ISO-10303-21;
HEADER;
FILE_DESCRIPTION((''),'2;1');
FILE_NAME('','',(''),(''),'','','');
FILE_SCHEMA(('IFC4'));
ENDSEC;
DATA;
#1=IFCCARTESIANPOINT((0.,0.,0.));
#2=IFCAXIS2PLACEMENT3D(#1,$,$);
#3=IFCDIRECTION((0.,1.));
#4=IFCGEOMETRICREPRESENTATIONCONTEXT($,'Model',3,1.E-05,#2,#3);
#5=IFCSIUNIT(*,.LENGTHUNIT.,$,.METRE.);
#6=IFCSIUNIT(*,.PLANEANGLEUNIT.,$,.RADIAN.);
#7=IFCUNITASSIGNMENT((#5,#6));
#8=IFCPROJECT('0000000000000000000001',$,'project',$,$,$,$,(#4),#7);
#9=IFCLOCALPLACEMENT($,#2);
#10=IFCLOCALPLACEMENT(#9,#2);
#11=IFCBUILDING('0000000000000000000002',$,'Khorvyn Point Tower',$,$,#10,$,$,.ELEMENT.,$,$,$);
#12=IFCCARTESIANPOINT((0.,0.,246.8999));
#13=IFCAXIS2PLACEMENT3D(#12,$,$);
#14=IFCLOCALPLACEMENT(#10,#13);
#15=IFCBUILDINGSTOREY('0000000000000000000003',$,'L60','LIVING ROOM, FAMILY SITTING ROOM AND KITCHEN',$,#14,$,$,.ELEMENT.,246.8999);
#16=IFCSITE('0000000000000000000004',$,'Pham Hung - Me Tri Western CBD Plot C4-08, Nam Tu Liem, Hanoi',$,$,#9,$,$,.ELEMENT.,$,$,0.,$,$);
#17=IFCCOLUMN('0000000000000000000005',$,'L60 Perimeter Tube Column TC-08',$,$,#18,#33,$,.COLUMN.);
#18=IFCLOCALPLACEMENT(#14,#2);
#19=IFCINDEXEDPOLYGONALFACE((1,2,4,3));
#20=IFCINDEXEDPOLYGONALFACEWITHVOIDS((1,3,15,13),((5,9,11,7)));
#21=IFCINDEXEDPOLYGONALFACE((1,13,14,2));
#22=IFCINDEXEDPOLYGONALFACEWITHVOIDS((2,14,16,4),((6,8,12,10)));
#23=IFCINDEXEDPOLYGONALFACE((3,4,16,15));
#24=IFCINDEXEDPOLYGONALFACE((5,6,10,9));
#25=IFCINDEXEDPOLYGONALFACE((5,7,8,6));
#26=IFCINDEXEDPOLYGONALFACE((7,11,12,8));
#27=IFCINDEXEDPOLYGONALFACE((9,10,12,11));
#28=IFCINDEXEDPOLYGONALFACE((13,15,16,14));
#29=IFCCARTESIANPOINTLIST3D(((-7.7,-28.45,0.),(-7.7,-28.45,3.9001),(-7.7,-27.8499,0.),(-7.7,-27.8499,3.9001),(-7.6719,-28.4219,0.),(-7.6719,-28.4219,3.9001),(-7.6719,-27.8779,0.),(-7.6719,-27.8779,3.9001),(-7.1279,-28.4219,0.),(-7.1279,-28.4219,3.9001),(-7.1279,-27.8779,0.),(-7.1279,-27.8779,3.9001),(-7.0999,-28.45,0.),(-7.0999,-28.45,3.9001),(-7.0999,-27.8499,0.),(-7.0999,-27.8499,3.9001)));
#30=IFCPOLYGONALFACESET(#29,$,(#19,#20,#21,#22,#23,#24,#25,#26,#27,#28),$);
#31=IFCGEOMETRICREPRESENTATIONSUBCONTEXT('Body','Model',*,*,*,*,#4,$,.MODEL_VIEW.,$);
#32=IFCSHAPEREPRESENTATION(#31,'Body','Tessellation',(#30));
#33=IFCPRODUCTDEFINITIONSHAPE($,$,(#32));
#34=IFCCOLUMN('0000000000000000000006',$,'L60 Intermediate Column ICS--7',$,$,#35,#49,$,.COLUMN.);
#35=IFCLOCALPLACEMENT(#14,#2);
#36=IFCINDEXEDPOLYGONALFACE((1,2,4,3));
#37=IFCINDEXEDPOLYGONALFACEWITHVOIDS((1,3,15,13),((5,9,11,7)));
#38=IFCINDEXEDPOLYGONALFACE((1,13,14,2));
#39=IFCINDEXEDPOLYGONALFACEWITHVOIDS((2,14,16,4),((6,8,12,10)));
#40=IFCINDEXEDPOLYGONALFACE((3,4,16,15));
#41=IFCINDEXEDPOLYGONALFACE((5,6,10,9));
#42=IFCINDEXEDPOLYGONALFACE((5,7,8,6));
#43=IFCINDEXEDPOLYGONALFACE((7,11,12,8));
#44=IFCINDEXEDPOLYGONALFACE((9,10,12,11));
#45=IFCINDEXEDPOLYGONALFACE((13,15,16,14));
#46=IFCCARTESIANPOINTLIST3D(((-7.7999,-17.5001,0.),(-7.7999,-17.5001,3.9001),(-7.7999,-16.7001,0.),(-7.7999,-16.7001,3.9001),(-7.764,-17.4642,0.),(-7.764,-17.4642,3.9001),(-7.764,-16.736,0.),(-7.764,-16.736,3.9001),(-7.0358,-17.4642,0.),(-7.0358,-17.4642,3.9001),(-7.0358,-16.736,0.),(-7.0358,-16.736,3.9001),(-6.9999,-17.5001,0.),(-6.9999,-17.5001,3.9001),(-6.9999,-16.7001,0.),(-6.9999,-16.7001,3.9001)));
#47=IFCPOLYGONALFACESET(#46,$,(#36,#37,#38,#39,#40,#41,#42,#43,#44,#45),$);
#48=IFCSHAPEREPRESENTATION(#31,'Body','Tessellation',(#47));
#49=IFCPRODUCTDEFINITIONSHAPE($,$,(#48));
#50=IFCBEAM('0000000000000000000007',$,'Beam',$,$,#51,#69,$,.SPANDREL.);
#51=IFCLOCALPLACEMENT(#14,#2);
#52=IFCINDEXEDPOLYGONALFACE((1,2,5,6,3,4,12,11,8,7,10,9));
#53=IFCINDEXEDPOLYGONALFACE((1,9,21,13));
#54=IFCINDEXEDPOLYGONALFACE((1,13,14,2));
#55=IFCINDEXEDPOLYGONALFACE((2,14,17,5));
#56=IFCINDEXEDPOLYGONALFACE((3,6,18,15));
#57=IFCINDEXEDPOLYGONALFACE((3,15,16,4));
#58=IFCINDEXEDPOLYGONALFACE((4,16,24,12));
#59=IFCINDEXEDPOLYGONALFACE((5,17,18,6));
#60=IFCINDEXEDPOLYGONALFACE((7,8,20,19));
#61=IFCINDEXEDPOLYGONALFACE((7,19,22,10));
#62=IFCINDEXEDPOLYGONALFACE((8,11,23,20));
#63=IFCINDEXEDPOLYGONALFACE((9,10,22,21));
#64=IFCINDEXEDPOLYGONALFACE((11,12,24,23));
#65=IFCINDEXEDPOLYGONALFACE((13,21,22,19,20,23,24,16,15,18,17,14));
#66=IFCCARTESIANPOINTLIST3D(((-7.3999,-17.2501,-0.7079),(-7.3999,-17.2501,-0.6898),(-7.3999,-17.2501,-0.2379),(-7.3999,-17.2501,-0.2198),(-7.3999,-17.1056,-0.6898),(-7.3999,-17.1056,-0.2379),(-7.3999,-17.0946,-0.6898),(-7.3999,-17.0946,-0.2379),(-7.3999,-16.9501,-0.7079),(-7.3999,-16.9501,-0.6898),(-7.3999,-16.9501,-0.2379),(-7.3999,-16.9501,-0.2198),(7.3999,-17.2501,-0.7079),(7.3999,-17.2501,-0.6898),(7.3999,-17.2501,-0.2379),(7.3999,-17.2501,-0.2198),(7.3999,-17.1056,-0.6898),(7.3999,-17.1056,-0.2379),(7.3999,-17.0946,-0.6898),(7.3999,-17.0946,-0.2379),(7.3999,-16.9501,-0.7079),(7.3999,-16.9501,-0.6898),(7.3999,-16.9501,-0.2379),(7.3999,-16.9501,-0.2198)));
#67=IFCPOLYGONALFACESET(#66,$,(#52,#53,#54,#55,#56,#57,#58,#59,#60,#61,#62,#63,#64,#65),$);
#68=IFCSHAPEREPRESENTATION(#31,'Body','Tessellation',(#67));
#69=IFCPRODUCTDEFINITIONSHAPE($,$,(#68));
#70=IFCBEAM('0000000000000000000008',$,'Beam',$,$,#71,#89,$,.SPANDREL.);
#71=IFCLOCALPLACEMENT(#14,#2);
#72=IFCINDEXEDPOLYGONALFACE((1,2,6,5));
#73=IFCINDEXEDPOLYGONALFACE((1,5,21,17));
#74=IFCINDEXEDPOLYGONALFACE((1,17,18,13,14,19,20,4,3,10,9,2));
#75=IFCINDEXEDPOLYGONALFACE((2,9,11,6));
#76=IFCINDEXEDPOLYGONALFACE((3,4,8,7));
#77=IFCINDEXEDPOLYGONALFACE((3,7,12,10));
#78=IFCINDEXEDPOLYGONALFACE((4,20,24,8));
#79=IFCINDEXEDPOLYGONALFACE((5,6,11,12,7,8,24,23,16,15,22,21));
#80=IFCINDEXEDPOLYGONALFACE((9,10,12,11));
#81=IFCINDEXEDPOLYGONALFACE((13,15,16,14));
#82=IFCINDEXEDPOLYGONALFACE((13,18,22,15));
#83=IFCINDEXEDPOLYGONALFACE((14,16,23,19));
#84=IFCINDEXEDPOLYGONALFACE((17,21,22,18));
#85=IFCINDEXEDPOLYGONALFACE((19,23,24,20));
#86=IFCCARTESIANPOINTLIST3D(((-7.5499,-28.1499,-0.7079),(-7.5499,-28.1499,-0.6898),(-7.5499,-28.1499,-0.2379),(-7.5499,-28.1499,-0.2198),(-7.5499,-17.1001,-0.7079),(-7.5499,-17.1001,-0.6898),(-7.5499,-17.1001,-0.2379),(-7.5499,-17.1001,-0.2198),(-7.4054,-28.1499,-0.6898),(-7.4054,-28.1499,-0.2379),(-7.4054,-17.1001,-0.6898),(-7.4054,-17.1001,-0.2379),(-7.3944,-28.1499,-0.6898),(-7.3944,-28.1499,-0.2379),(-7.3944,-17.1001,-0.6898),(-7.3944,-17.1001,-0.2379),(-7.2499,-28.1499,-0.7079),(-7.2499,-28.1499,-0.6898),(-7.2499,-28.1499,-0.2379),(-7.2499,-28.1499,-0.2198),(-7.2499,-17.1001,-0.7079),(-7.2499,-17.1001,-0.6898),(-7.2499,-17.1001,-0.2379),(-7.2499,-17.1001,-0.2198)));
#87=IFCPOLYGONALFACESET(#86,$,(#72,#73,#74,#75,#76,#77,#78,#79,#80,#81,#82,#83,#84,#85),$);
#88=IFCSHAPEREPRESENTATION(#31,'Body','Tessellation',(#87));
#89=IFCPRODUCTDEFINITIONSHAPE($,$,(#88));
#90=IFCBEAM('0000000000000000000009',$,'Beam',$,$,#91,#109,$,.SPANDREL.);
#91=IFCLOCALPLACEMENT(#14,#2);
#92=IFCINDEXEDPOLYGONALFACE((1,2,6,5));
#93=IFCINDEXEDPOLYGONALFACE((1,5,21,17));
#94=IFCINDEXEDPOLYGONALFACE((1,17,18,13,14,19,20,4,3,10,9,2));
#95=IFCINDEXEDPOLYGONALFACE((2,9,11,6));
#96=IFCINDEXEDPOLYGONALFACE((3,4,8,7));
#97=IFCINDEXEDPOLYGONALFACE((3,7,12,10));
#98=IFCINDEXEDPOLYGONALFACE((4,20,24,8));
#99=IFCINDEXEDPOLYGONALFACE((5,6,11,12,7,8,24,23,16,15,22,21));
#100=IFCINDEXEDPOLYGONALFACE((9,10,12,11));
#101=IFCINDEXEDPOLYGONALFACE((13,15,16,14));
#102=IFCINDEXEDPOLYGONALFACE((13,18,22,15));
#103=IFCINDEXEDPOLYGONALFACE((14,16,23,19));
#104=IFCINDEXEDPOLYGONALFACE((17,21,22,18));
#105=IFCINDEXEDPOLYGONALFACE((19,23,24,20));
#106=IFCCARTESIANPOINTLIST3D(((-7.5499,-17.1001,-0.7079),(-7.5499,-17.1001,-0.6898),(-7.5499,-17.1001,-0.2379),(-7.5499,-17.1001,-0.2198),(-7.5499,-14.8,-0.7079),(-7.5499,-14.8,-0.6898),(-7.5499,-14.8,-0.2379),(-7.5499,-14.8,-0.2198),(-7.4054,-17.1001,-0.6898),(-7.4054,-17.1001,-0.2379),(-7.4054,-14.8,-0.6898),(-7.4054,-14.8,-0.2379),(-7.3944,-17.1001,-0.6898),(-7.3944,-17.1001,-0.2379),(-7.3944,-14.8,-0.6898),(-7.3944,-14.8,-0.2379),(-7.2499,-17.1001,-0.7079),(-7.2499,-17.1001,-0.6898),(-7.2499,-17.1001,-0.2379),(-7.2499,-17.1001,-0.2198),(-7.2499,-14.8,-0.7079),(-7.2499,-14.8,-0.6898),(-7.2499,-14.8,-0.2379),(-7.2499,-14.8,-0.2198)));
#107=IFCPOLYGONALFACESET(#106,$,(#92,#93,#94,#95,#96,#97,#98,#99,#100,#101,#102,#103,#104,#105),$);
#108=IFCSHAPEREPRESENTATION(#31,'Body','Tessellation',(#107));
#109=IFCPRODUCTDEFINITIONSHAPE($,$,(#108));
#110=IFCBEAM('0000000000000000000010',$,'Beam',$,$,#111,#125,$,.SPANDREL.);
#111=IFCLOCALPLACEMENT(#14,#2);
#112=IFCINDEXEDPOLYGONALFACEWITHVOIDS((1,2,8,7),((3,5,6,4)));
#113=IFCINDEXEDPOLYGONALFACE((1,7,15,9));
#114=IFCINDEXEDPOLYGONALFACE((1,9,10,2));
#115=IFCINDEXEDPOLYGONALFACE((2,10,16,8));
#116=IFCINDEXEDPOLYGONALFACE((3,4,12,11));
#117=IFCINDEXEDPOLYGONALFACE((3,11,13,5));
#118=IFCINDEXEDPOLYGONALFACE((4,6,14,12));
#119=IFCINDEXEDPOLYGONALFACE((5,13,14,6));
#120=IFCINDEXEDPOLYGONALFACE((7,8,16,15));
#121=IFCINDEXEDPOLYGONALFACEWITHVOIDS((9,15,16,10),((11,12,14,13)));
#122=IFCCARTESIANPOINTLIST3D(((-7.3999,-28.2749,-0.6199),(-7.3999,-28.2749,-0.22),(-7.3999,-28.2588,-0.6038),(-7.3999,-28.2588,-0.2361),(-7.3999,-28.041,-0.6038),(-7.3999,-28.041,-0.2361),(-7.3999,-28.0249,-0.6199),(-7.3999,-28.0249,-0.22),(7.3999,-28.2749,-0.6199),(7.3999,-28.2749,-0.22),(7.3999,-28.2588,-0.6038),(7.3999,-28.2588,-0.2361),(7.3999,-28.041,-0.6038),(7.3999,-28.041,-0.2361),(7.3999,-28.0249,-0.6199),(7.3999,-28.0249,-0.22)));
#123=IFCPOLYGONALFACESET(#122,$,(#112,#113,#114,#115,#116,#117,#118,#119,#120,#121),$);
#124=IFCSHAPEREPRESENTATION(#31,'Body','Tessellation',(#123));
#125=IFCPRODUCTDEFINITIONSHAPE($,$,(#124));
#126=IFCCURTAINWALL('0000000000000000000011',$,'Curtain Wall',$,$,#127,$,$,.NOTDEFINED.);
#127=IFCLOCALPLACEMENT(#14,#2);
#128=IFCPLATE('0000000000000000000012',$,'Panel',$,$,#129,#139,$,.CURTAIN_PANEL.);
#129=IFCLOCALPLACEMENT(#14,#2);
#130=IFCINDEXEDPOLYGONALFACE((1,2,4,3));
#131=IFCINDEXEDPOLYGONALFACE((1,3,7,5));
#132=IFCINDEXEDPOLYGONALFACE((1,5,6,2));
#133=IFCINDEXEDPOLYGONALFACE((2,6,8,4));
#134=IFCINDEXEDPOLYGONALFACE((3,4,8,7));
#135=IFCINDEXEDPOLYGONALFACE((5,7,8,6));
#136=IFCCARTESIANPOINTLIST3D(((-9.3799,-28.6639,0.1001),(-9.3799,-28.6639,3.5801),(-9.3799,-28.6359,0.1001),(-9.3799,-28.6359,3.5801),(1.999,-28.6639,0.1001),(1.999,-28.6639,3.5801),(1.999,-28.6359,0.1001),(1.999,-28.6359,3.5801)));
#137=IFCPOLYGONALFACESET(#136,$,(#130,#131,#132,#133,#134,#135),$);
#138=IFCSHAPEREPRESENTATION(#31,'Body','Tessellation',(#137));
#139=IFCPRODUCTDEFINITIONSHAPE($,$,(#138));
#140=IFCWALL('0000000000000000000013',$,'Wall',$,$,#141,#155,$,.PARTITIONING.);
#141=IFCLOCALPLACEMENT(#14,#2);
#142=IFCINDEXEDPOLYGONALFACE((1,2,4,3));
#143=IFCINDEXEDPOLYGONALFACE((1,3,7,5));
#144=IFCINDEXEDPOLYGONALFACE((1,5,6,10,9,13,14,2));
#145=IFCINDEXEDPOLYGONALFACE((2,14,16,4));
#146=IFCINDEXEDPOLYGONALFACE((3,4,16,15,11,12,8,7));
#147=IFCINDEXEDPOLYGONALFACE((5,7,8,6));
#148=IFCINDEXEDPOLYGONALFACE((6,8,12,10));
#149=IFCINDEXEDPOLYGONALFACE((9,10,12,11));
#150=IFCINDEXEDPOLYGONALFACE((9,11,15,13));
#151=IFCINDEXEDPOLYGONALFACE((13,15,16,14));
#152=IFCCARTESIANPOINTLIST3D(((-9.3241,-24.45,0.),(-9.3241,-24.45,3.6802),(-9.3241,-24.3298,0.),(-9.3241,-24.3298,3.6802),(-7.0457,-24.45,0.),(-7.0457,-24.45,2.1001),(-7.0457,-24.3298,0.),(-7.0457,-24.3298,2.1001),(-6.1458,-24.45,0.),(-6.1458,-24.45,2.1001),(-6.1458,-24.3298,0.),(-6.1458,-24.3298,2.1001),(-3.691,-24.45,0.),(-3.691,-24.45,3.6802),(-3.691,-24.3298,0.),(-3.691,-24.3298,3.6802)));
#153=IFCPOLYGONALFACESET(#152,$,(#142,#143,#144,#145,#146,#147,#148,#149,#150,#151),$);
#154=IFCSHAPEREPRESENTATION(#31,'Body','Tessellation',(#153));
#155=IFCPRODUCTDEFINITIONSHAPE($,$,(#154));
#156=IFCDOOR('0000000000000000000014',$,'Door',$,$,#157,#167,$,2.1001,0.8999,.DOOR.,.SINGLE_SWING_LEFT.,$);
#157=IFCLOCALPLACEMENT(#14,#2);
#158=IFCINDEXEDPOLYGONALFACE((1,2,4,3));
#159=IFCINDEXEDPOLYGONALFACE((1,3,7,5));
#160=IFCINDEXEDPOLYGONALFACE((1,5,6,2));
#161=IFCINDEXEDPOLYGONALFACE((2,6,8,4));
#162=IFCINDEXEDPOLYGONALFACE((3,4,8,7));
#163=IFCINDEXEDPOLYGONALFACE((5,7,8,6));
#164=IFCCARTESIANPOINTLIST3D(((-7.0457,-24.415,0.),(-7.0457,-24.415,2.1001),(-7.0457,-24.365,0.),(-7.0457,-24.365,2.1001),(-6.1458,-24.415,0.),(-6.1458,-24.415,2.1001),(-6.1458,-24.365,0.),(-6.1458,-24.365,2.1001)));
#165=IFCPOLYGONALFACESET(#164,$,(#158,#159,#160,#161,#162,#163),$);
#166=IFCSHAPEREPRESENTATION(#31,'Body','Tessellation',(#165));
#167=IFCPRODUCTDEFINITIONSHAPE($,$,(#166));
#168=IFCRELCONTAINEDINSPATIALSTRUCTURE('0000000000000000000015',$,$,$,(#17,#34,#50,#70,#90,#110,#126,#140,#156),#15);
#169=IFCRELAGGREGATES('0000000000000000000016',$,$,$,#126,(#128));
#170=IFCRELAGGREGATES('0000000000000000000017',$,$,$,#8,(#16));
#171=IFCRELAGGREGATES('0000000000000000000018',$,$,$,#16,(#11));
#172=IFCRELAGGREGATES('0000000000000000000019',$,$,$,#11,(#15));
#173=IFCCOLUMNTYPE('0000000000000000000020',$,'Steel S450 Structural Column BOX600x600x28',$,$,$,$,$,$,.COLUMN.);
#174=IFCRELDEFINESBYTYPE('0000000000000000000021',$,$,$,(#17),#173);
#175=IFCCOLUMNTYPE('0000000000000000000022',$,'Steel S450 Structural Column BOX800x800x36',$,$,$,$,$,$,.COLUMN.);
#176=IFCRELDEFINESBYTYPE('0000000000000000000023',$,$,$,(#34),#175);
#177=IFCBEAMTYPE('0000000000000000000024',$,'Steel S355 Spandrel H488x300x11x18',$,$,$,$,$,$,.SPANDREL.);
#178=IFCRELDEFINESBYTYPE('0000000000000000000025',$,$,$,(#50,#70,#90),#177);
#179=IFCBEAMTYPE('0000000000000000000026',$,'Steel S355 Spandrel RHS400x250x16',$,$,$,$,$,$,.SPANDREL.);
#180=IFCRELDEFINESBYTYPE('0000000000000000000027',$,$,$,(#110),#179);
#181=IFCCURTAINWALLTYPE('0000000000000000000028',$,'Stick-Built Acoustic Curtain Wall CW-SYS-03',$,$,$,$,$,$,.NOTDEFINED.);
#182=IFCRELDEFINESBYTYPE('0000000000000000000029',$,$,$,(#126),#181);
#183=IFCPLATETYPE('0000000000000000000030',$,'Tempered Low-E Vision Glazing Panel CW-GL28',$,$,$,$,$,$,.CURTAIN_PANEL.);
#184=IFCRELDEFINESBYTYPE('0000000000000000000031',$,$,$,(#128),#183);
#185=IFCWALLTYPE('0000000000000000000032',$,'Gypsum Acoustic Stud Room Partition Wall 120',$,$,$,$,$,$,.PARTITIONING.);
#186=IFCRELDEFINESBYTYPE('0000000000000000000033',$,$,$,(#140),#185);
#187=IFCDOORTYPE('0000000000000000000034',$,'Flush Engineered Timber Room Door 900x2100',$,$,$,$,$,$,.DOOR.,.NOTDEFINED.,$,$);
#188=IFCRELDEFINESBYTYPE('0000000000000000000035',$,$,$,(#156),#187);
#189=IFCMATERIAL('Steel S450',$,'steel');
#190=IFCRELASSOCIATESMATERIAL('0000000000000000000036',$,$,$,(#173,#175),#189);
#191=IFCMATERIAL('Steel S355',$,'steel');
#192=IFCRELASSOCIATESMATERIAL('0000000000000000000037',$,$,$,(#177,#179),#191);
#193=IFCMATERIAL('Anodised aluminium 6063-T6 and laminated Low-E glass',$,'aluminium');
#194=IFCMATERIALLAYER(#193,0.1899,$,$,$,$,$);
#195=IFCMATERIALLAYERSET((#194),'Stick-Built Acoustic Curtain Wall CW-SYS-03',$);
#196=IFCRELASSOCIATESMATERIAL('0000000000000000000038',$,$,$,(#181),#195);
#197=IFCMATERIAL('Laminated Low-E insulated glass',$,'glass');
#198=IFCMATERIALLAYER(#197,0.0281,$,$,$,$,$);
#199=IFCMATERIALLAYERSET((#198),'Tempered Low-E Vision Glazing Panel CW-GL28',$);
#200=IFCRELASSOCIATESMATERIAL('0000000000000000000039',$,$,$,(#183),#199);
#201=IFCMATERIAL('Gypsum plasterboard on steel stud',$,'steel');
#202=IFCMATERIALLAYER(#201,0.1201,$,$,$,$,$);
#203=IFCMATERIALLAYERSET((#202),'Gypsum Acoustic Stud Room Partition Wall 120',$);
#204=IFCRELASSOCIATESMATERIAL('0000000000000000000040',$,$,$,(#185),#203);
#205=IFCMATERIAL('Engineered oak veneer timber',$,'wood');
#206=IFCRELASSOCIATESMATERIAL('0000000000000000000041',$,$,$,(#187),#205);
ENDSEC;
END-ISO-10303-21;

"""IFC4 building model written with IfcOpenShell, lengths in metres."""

from ifc_helpers import new_model, si_unit, direction, frame, frame_2d, origin, origin_2d, place, context, subcontext, project, spatial, rectangle, hollow_rectangle, i_section, extrude, material, layer, layer_set, material_profile, profile_set, type_object, element, fill, aggregate, save


model = new_model("IFC4")

# Units and contexts
model_context = context("Model", 3, precision=1e-05, world=origin(), true_north=direction((0.0, 1.0)))
body_context = subcontext(model_context, "Body", "Model", "MODEL_VIEW")
ifc_project = project(units=[si_unit("LENGTHUNIT", "METRE"), si_unit("PLANEANGLEUNIT", "RADIAN")], contexts=[model_context])

# Site, building, storey
site_placement = place(None, origin())
site = spatial("IfcSite", under=ifc_project, at=site_placement, Name="Pham Hung - Me Tri Western CBD Plot C4-08, Nam Tu Liem, Hanoi", CompositionType="ELEMENT", RefElevation=0.0)
building_placement = place(site_placement, origin())
building = spatial("IfcBuilding", under=site, at=building_placement, Name="Khorvyn Point Tower", CompositionType="ELEMENT")
storey_placement = place(building_placement, frame((0.0, 0.0, 246.8999)))
storey = spatial("IfcBuildingStorey", under=building, at=storey_placement, Name="L60", Description="LIVING ROOM, FAMILY SITTING ROOM AND KITCHEN", CompositionType="ELEMENT", Elevation=246.8999)

# Columns
ifc_material_1 = material(Name="Steel S450", Category="steel")
ifc_material_profile_1 = material_profile(ifc_material_1, hollow_rectangle(XDim=0.6001, YDim=0.6001, WallThickness=0.0281, at=origin_2d()))
ifc_profile_set_1 = profile_set([ifc_material_profile_1], Name="Steel S450 BOX600x600x28")
column_type_1 = type_object("IfcColumnType", Name="Steel S450 Structural Column BOX600x600x28", PredefinedType="COLUMN", material=ifc_profile_set_1)
column_1_placement = place(storey_placement, frame((-7.3999, -28.1499, 0.0), z_axis=(0.0, 0.0, 1.0), x_axis=(1.0, 0.0, 0.0)))
element("IfcColumn", 1, at=column_1_placement, inside=storey, type_object=column_type_1, Name="L60 Perimeter Tube Column TC-08", PredefinedType="COLUMN", context=body_context, shape_type="SweptSolid", body=[
    extrude(hollow_rectangle(XDim=0.6001, YDim=0.6001, WallThickness=0.0281, at=origin_2d()), origin(), (0.0, 0.0, 1.0), 3.9001),
])
ifc_material_profile_2 = material_profile(ifc_material_1, hollow_rectangle(XDim=0.8, YDim=0.8, WallThickness=0.0359, at=origin_2d()))
ifc_profile_set_2 = profile_set([ifc_material_profile_2], Name="Steel S450 BOX800x800x36")
column_type_2 = type_object("IfcColumnType", Name="Steel S450 Structural Column BOX800x800x36", PredefinedType="COLUMN", material=ifc_profile_set_2)
column_2_placement = place(storey_placement, frame((-7.3999, -17.1001, 0.0), z_axis=(0.0, 0.0, 1.0), x_axis=(1.0, 0.0, 0.0)))
element("IfcColumn", 2, at=column_2_placement, inside=storey, type_object=column_type_2, Name="L60 Intermediate Column ICS--7", PredefinedType="COLUMN", context=body_context, shape_type="SweptSolid", body=[
    extrude(hollow_rectangle(XDim=0.8, YDim=0.8, WallThickness=0.0359, at=origin_2d()), origin(), (0.0, 0.0, 1.0), 3.9001),
])

# Beams
ifc_material_2 = material(Name="Steel S355", Category="steel")
ifc_material_profile_3 = material_profile(ifc_material_2, i_section(OverallWidth=0.3, OverallDepth=0.488, WebThickness=0.011, FlangeThickness=0.0181, at=origin_2d()))
ifc_profile_set_3 = profile_set([ifc_material_profile_3], Name="Steel S355 H488x300x11x18")
beam_type_1 = type_object("IfcBeamType", Name="Steel S355 Spandrel H488x300x11x18", PredefinedType="SPANDREL", material=ifc_profile_set_3)
beam_1_placement = place(storey_placement, frame((-7.3999, -17.1001, -0.4639), z_axis=(1.0, 0.0, 0.0), x_axis=(0.0, 1.0, 0.0)))
element("IfcBeam", 3, at=beam_1_placement, inside=storey, type_object=beam_type_1, Name="Beam", PredefinedType="SPANDREL", context=body_context, shape_type="SweptSolid", body=[
    extrude(i_section(OverallWidth=0.3, OverallDepth=0.488, WebThickness=0.011, FlangeThickness=0.0181, at=origin_2d()), origin(), (0.0, 0.0, 1.0), 14.7998),
])
beam_2_placement = place(storey_placement, frame((-7.3999, -28.1499, -0.4639), z_axis=(0.0, 1.0, 0.0), x_axis=(-1.0, 0.0, 0.0)))
element("IfcBeam", 4, at=beam_2_placement, inside=storey, type_object=beam_type_1, Name="Beam", PredefinedType="SPANDREL", context=body_context, shape_type="SweptSolid", body=[
    extrude(i_section(OverallWidth=0.3, OverallDepth=0.488, WebThickness=0.011, FlangeThickness=0.0181, at=origin_2d()), origin(), (0.0, 0.0, 1.0), 11.0498),
])
beam_3_placement = place(storey_placement, frame((-7.3999, -17.1001, -0.4639), z_axis=(0.0, 1.0, 0.0), x_axis=(-1.0, 0.0, 0.0)))
element("IfcBeam", 5, at=beam_3_placement, inside=storey, type_object=beam_type_1, Name="Beam", PredefinedType="SPANDREL", context=body_context, shape_type="SweptSolid", body=[
    extrude(i_section(OverallWidth=0.3, OverallDepth=0.488, WebThickness=0.011, FlangeThickness=0.0181, at=origin_2d()), origin(), (0.0, 0.0, 1.0), 2.3),
])
ifc_material_profile_4 = material_profile(ifc_material_2, hollow_rectangle(XDim=0.25, YDim=0.3999, WallThickness=0.0161, at=origin_2d()))
ifc_profile_set_4 = profile_set([ifc_material_profile_4], Name="Steel S355 RHS400x250x16")
beam_type_2 = type_object("IfcBeamType", Name="Steel S355 Spandrel RHS400x250x16", PredefinedType="SPANDREL", material=ifc_profile_set_4)
beam_4_placement = place(storey_placement, frame((-7.3999, -28.1499, -0.4199), z_axis=(1.0, 0.0, 0.0), x_axis=(0.0, 1.0, 0.0)))
element("IfcBeam", 6, at=beam_4_placement, inside=storey, type_object=beam_type_2, Name="Beam", PredefinedType="SPANDREL", context=body_context, shape_type="SweptSolid", body=[
    extrude(hollow_rectangle(XDim=0.25, YDim=0.3999, WallThickness=0.0161, at=origin_2d()), origin(), (0.0, 0.0, 1.0), 14.7998),
])

# Curtain wall, plate
ifc_material_3 = material(Name="Anodised aluminium 6063-T6 and laminated Low-E glass", Category="aluminium")
ifc_layer_1 = layer(ifc_material_3, 0.1899)
ifc_layer_set_1 = layer_set([ifc_layer_1], Name="Stick-Built Acoustic Curtain Wall CW-SYS-03")
curtain_wall_type = type_object("IfcCurtainWallType", Name="Stick-Built Acoustic Curtain Wall CW-SYS-03", PredefinedType="NOTDEFINED", material=ifc_layer_set_1)
curtain_wall_placement = place(storey_placement, origin())
curtain_wall = element("IfcCurtainWall", 7, at=curtain_wall_placement, inside=storey, type_object=curtain_wall_type, Name="Curtain Wall", PredefinedType="NOTDEFINED")
ifc_material_4 = material(Name="Laminated Low-E insulated glass", Category="glass")
ifc_layer_2 = layer(ifc_material_4, 0.0281)
ifc_layer_set_2 = layer_set([ifc_layer_2], Name="Tempered Low-E Vision Glazing Panel CW-GL28")
plate_type = type_object("IfcPlateType", Name="Tempered Low-E Vision Glazing Panel CW-GL28", PredefinedType="CURTAIN_PANEL", material=ifc_layer_set_2)
plate_placement = place(storey_placement, frame((-3.6904, -28.6499, 0.1001), z_axis=(0.0, 0.0, 1.0), x_axis=(-1.0, 0.0, 0.0)))
plate = element("IfcPlate", 8, at=plate_placement, type_object=plate_type, Name="Panel", PredefinedType="CURTAIN_PANEL", context=body_context, shape_type="SweptSolid", body=[
    extrude(rectangle(XDim=11.3789, YDim=0.0281, at=origin_2d()), origin(), (0.0, 0.0, 1.0), 3.48),
])
aggregate(curtain_wall, [plate])

# Wall, opening, door
ifc_material_5 = material(Name="Gypsum plasterboard on steel stud", Category="steel")
ifc_layer_3 = layer(ifc_material_5, 0.1201)
ifc_layer_set_3 = layer_set([ifc_layer_3], Name="Gypsum Acoustic Stud Room Partition Wall 120")
wall_type_1 = type_object("IfcWallType", Name="Gypsum Acoustic Stud Room Partition Wall 120", PredefinedType="PARTITIONING", material=ifc_layer_set_3)
wall_1_placement = place(storey_placement, frame((-9.324, -24.3899, 0.0), z_axis=(0.0, 0.0, 1.0), x_axis=(1.0, 0.0, 0.0)))
wall_1 = element("IfcWall", 9, at=wall_1_placement, inside=storey, type_object=wall_type_1, Name="Wall", PredefinedType="PARTITIONING", context=body_context, shape_type="SweptSolid", body=[
    extrude(rectangle(XDim=5.6331, YDim=0.1201, at=frame_2d((2.8164, 0.0))), origin(), (0.0, 0.0, 1.0), 3.6802),
])
opening_1_placement = place(wall_1_placement, frame((2.2783, 0.0, 0.0)))
opening_1 = element("IfcOpeningElement", 10, at=opening_1_placement, cuts=wall_1, PredefinedType="OPENING", context=body_context, shape_type="SweptSolid", body=[
    extrude(rectangle(XDim=0.8999, YDim=2.1001, at=frame_2d((0.45, 1.05))), frame((0.0, 0.0701, 0.0), z_axis=(0.0, -1.0, 0.0), x_axis=(1.0, 0.0, 0.0)), (0.0, 0.0, 1.0), 0.1401),
])
ifc_material_6 = material(Name="Engineered oak veneer timber", Category="wood")
door_type_1 = type_object("IfcDoorType", Name="Flush Engineered Timber Room Door 900x2100", OperationType="NOTDEFINED", PredefinedType="DOOR", material=ifc_material_6)
door_1_placement = place(opening_1_placement, origin())
door_1 = element("IfcDoor", 11, at=door_1_placement, inside=storey, type_object=door_type_1, Name="Door", OperationType="SINGLE_SWING_LEFT", OverallHeight=2.1001, OverallWidth=0.8999, PredefinedType="DOOR", context=body_context, shape_type="SweptSolid", body=[
    extrude(rectangle(XDim=0.8999, YDim=2.1001, at=frame_2d((0.45, 1.05))), frame((0.0, 0.0249, 0.0), z_axis=(0.0, -1.0, 0.0), x_axis=(1.0, 0.0, 0.0)), (0.0, 0.0, 1.0), 0.05),
])
fill(opening_1, door_1)

save(model, "model.ifc")
